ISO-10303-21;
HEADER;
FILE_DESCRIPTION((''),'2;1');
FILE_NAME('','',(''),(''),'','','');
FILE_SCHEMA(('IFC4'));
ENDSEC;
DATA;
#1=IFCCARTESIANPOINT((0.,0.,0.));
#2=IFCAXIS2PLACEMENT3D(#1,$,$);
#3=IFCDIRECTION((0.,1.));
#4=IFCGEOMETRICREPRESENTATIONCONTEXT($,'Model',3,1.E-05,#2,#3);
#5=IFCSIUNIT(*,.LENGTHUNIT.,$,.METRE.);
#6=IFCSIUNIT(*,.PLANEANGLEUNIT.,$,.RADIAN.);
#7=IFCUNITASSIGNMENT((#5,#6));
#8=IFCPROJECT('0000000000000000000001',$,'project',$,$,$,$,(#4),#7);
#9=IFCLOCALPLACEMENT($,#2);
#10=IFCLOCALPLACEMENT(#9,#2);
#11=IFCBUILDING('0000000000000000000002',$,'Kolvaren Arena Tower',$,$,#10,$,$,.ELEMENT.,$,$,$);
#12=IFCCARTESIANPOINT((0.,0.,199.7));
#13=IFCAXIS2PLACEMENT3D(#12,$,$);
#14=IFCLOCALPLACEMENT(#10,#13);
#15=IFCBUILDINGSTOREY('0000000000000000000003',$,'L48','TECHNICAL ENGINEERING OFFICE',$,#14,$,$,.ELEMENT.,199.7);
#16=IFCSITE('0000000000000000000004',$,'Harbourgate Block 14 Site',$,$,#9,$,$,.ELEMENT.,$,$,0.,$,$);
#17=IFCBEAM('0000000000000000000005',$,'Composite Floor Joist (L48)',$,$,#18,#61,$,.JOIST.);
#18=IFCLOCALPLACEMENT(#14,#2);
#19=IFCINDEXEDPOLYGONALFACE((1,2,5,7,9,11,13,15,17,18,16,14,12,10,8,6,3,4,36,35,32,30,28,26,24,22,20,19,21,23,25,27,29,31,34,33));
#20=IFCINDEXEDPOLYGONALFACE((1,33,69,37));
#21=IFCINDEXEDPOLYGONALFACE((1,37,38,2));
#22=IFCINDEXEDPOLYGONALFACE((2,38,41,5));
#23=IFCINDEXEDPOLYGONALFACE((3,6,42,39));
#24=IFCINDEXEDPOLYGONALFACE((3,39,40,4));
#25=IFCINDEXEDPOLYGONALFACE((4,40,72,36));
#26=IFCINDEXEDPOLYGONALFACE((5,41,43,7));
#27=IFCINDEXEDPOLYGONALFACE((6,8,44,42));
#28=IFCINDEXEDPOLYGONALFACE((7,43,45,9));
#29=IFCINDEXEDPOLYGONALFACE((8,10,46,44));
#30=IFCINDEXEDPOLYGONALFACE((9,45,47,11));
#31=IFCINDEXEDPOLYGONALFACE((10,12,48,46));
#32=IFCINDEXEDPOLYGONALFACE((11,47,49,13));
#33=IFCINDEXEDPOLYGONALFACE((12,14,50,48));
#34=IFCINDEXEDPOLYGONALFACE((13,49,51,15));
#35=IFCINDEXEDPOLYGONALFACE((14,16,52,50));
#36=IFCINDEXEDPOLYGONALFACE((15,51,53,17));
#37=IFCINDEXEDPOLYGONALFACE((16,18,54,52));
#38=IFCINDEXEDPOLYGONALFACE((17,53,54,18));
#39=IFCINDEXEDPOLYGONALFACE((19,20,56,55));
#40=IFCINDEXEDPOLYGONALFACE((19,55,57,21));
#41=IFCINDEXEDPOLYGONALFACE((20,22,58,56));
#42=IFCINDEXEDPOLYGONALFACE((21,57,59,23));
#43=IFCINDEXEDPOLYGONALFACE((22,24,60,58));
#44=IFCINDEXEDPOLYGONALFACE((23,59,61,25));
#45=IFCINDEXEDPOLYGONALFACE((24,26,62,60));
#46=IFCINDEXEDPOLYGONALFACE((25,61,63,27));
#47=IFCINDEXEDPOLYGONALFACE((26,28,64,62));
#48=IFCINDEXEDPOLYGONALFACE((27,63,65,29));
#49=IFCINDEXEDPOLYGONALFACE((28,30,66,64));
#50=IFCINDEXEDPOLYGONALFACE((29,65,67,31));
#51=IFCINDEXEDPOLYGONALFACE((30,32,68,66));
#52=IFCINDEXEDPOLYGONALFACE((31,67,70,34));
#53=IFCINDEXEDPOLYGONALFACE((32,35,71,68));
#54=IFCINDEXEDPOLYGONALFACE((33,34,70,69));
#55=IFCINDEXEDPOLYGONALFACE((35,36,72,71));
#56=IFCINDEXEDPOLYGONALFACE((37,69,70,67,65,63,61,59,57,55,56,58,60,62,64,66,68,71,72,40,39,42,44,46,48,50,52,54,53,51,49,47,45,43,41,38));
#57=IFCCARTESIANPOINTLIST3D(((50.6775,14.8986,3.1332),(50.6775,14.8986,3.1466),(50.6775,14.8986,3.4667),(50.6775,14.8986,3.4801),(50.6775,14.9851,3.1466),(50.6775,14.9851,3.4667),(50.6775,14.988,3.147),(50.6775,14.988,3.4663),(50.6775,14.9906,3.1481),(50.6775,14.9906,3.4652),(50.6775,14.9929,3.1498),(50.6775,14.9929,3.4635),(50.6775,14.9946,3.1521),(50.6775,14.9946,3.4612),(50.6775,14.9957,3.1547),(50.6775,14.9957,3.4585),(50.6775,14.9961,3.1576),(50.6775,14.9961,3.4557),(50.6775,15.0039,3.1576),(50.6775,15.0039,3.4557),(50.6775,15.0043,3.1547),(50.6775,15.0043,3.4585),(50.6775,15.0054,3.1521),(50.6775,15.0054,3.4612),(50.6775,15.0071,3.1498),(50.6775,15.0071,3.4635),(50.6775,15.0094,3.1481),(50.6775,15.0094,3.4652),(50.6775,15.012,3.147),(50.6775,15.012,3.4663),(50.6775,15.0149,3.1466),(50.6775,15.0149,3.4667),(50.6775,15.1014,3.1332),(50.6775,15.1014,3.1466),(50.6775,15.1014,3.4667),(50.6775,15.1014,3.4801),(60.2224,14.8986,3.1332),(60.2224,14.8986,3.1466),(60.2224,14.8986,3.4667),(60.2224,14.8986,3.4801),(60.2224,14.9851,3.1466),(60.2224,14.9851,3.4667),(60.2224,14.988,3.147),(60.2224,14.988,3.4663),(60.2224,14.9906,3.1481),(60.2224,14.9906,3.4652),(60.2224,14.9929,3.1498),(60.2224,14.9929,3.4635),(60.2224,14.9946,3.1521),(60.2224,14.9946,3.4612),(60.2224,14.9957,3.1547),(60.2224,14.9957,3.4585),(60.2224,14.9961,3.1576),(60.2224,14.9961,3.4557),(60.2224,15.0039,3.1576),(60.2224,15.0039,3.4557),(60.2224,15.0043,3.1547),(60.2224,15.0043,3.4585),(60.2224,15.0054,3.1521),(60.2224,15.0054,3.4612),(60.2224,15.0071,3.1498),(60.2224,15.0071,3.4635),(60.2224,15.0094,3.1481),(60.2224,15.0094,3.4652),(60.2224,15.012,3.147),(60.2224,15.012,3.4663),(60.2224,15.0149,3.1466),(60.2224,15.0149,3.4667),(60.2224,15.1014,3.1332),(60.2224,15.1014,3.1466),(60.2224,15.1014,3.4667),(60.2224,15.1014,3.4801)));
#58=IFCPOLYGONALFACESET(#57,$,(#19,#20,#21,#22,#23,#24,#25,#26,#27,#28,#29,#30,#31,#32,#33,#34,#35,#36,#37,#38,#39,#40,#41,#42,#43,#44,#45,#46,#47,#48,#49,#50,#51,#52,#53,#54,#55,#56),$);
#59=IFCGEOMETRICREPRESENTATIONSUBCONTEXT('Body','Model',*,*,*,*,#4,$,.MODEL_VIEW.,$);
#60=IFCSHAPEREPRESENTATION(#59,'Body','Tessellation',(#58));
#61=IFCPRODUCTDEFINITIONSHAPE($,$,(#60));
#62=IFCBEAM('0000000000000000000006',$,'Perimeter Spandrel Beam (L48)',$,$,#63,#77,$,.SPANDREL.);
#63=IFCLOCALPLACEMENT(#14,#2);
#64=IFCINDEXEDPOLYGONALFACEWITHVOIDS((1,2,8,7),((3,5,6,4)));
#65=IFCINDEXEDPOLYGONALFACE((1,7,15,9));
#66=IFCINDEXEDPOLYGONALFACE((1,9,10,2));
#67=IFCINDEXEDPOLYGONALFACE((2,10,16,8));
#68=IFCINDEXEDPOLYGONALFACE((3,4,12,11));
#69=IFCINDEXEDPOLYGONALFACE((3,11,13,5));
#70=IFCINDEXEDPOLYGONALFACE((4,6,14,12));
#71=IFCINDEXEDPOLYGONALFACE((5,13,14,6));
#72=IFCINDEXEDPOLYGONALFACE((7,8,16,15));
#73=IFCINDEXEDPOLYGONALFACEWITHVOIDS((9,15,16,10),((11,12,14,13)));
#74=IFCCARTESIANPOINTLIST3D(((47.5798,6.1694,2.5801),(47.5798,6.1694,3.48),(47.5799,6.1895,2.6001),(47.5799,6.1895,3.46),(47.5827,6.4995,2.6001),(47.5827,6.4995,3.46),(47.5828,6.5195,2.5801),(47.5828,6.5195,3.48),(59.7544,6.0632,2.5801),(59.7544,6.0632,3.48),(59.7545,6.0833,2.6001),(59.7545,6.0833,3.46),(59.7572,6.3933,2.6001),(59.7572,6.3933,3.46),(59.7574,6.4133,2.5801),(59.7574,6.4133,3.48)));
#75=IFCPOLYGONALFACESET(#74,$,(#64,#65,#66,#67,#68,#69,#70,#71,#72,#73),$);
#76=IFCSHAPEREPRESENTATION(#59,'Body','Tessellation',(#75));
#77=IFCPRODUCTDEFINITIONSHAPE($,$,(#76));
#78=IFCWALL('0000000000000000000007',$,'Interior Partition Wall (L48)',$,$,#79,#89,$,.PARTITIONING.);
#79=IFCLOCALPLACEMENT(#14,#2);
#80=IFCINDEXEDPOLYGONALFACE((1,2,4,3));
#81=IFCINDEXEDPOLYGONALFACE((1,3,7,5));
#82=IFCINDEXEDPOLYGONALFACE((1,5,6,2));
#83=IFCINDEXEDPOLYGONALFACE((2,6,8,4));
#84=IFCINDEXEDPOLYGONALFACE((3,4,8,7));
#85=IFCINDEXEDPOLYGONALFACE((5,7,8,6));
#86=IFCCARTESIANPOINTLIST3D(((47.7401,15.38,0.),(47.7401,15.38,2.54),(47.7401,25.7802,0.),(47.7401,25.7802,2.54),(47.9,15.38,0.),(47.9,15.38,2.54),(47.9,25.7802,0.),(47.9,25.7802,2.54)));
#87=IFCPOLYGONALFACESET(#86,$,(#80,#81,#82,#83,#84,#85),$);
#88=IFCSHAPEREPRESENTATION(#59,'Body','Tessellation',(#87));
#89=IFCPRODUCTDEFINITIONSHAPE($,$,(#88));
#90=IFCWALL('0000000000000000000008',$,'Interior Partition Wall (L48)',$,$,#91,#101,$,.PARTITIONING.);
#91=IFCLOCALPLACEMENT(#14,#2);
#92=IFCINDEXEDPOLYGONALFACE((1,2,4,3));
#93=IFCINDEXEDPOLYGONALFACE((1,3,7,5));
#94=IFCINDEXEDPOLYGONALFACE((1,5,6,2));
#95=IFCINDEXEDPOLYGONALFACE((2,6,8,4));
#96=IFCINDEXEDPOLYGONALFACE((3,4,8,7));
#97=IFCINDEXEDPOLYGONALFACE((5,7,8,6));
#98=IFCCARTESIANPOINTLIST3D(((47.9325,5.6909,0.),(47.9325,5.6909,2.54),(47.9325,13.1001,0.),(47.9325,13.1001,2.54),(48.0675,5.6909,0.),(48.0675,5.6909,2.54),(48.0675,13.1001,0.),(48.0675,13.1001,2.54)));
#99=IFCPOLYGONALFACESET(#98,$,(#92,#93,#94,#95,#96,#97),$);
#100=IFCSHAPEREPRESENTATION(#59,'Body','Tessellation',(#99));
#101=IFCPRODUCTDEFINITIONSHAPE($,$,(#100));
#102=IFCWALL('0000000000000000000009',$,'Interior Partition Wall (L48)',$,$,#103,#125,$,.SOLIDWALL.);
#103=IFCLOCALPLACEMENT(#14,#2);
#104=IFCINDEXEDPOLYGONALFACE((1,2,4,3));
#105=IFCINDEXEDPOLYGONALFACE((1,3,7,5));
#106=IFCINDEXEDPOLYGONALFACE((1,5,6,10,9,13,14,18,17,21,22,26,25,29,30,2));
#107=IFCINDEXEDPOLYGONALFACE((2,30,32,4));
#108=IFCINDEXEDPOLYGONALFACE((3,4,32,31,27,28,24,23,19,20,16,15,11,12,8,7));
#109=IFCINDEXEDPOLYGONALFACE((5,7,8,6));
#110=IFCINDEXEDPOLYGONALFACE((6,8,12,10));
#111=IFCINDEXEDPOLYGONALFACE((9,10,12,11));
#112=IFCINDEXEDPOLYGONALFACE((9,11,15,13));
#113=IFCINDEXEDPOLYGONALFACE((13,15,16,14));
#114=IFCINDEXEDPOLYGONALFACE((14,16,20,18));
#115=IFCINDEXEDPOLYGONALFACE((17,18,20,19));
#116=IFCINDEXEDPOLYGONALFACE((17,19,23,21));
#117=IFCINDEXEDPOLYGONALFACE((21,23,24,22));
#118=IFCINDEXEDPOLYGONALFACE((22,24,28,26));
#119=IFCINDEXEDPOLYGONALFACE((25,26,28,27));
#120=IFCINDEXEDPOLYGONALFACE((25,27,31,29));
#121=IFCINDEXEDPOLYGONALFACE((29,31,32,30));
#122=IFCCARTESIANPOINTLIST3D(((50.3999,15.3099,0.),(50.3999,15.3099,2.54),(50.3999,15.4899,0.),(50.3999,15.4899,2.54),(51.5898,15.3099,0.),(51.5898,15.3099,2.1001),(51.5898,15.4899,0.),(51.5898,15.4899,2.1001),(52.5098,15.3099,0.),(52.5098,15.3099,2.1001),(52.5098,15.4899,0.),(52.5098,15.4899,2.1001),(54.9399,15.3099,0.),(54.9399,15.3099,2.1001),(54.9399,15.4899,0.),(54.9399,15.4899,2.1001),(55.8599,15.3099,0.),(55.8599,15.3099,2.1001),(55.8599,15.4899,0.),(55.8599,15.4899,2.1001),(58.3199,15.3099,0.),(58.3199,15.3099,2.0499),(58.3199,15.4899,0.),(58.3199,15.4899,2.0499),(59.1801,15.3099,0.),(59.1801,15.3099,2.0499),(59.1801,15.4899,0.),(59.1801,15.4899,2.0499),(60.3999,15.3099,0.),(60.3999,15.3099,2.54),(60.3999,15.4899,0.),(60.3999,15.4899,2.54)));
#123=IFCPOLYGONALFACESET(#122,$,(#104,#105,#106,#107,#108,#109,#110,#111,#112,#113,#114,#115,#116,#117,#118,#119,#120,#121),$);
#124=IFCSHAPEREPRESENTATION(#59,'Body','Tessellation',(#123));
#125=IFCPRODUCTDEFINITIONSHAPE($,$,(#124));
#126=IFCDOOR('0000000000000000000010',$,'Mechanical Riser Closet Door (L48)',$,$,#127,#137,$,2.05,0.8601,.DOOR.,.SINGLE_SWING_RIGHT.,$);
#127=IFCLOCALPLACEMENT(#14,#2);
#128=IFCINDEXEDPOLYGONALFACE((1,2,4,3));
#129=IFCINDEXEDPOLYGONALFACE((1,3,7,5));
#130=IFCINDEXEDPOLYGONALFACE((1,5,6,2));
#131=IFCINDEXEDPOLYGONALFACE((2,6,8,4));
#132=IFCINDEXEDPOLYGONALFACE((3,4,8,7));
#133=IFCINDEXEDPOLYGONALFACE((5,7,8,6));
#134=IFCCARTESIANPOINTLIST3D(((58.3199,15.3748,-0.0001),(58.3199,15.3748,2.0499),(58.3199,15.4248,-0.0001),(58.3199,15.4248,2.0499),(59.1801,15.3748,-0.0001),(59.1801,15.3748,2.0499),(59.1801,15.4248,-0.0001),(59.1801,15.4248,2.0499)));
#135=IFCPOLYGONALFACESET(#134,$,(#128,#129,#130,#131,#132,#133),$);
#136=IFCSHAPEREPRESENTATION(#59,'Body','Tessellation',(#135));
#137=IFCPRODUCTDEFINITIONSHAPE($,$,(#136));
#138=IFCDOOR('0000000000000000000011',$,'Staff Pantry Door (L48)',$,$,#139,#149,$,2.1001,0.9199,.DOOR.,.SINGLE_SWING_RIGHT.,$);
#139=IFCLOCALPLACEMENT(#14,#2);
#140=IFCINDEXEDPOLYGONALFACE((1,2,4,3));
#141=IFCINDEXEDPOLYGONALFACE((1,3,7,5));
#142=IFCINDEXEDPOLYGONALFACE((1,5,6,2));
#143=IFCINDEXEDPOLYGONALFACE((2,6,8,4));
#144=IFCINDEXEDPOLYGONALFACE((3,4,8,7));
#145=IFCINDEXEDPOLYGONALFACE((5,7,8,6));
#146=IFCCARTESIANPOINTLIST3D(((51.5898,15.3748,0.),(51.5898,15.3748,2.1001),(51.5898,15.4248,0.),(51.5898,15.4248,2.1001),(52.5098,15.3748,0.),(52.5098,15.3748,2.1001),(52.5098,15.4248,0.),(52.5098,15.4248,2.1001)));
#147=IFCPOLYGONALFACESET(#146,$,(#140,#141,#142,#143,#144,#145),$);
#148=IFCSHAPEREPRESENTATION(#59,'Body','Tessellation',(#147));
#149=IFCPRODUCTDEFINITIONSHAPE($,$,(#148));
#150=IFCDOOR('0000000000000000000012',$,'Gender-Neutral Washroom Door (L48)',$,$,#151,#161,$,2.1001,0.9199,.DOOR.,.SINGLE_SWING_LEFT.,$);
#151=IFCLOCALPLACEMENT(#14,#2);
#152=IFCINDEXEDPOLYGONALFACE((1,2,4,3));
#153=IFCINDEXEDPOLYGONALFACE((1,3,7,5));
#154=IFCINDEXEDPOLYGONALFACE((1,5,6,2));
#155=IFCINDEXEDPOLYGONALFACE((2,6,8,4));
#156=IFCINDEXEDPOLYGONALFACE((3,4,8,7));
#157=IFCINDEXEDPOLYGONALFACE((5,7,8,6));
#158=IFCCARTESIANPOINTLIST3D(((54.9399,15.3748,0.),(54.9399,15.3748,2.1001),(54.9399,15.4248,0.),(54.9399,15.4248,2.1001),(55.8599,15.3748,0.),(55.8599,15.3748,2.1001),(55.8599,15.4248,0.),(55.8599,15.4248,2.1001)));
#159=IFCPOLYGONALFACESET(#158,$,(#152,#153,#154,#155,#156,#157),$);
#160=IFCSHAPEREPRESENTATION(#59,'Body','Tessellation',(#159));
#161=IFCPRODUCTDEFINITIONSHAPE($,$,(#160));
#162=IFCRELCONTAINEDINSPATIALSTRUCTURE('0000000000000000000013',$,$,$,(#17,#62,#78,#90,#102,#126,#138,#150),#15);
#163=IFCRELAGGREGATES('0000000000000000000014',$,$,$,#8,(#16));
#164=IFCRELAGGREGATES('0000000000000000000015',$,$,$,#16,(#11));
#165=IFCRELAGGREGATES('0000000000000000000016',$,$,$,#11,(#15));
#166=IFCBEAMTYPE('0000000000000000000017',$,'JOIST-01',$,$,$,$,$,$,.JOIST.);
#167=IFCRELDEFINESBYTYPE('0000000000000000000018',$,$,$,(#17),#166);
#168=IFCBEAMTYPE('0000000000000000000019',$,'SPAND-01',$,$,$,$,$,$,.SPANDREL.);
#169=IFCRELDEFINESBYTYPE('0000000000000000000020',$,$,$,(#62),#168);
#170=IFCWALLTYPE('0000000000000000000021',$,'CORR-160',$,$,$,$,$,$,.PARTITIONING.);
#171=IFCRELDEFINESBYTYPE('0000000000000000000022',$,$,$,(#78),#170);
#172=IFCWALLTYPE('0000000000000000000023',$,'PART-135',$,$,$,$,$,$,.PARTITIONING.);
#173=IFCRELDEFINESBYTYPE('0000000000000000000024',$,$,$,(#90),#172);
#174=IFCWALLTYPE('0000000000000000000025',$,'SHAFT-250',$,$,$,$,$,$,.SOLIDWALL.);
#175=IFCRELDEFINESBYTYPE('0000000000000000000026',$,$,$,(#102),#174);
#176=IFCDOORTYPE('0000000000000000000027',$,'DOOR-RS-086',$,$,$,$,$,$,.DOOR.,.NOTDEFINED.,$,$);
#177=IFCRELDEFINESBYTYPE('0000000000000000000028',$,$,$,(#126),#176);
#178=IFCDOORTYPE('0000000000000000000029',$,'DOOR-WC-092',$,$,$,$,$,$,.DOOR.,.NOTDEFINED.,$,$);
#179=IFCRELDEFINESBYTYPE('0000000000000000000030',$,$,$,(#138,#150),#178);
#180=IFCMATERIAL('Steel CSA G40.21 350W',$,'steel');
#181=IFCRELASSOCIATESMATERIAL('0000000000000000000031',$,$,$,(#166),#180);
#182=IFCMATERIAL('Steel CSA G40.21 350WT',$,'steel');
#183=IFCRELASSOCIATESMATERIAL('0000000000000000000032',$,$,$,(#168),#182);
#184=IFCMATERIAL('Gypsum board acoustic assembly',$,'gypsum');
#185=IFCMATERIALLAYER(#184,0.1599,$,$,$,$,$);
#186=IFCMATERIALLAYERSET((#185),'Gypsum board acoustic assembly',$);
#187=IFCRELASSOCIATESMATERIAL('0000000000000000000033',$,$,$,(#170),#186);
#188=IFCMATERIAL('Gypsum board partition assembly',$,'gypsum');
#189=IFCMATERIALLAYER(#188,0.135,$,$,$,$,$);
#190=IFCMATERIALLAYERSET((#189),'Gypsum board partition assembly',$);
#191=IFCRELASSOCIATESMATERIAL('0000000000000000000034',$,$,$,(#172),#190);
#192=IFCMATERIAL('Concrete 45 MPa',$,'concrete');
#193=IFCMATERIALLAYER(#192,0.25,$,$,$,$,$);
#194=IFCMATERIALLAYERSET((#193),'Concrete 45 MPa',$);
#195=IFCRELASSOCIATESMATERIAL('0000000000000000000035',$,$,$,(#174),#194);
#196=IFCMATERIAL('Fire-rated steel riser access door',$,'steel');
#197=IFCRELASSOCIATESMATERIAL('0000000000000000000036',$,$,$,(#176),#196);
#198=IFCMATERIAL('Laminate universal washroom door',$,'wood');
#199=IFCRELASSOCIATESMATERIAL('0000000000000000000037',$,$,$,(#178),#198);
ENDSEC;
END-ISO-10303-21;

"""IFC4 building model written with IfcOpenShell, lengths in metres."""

from ifc_helpers import new_model, si_unit, direction, frame, frame_2d, origin, origin_2d, place, context, subcontext, project, spatial, rectangle, hollow_rectangle, i_section, extrude, material, layer, layer_set, material_profile, profile_set, type_object, element, fill, save


model = new_model("IFC4")

# Units and contexts
model_context = context("Model", 3, precision=1e-05, world=origin(), true_north=direction((0.0, 1.0)))
body_context = subcontext(model_context, "Body", "Model", "MODEL_VIEW")
ifc_project = project(units=[si_unit("LENGTHUNIT", "METRE"), si_unit("PLANEANGLEUNIT", "RADIAN")], contexts=[model_context])

# Site, building, storey
site_placement = place(None, origin())
site = spatial("IfcSite", under=ifc_project, at=site_placement, Name="Harbourgate Block 14 Site", CompositionType="ELEMENT", RefElevation=0.0)
building_placement = place(site_placement, origin())
building = spatial("IfcBuilding", under=site, at=building_placement, Name="Kolvaren Arena Tower", CompositionType="ELEMENT")
storey_placement = place(building_placement, frame((0.0, 0.0, 199.7)))
storey = spatial("IfcBuildingStorey", under=building, at=storey_placement, Name="L48", Description="TECHNICAL ENGINEERING OFFICE", CompositionType="ELEMENT", Elevation=199.7)

# Beams
ifc_material_1 = material(Name="Steel CSA G40.21 350W", Category="steel")
ifc_material_profile_1 = material_profile(ifc_material_1, i_section(OverallWidth=0.2029, OverallDepth=0.3469, WebThickness=0.0078, FlangeThickness=0.0134, FilletRadius=0.011, at=origin_2d()), Name="W360x64")
ifc_profile_set_1 = profile_set([ifc_material_profile_1], Name="Steel CSA G40.21 350W")
beam_type_1 = type_object("IfcBeamType", Name="JOIST-01", PredefinedType="JOIST", material=ifc_profile_set_1)
for number, where, z_axis, x_axis, name in (
    (1, (50.6775, 15.0, 3.3066), (1.0, 0.0, 0.0), (0.0, 1.0, 0.0), "Composite Floor Joist (L48)"),
):
    element("IfcBeam", number, at=place(storey_placement, frame(where, z_axis=z_axis, x_axis=x_axis)), inside=storey, type_object=beam_type_1, Name=name, PredefinedType="JOIST", context=body_context, shape_type="SweptSolid", body=[
        extrude(i_section(OverallWidth=0.2029, OverallDepth=0.3469, WebThickness=0.0078, FlangeThickness=0.0134, FilletRadius=0.011, at=origin_2d()), origin(), (0.0, 0.0, 1.0), 9.5449),
    ])
ifc_material_2 = material(Name="Steel CSA G40.21 350WT", Category="steel")
ifc_material_profile_2 = material_profile(ifc_material_2, hollow_rectangle(XDim=0.3501, YDim=0.8999, WallThickness=0.02, at=origin_2d()), Name="HSS 900x350x20")
ifc_profile_set_2 = profile_set([ifc_material_profile_2], Name="Steel CSA G40.21 350WT")
beam_type_2 = type_object("IfcBeamType", Name="SPAND-01", PredefinedType="SPANDREL", material=ifc_profile_set_2)
beam_1_placement = place(storey_placement, frame((47.5813, 6.3445, 3.03), z_axis=(0.999962, -0.008723, 0.0), x_axis=(0.008723, 0.999962, 0.0)))
element("IfcBeam", 2, at=beam_1_placement, inside=storey, type_object=beam_type_2, Name="Perimeter Spandrel Beam (L48)", PredefinedType="SPANDREL", context=body_context, shape_type="SweptSolid", body=[
    extrude(hollow_rectangle(XDim=0.3501, YDim=0.8999, WallThickness=0.02, at=origin_2d()), origin(), (0.0, 0.0, 1.0), 12.175),
])

# Walls
ifc_material_3 = material(Name="Gypsum board acoustic assembly", Category="gypsum")
ifc_layer_1 = layer(ifc_material_3, 0.1599)
ifc_layer_set_1 = layer_set([ifc_layer_1], Name="Gypsum board acoustic assembly")
wall_type_1 = type_object("IfcWallType", Name="CORR-160", PredefinedType="PARTITIONING", material=ifc_layer_set_1)
wall_1_placement = place(storey_placement, frame((47.8201, 15.3799, 0.0), z_axis=(0.0, 0.0, 1.0), x_axis=(0.0, 1.0, 0.0)))
element("IfcWall", 3, at=wall_1_placement, inside=storey, type_object=wall_type_1, Name="Interior Partition Wall (L48)", PredefinedType="PARTITIONING", context=body_context, shape_type="SweptSolid", body=[
    extrude(rectangle(XDim=10.4001, YDim=0.1599, at=frame_2d((5.2002, 0.0))), origin(), (0.0, 0.0, 1.0), 2.54),
])
ifc_material_4 = material(Name="Gypsum board partition assembly", Category="gypsum")
ifc_layer_2 = layer(ifc_material_4, 0.135)
ifc_layer_set_2 = layer_set([ifc_layer_2], Name="Gypsum board partition assembly")
wall_type_2 = type_object("IfcWallType", Name="PART-135", PredefinedType="PARTITIONING", material=ifc_layer_set_2)
wall_2_placement = place(storey_placement, frame((48.0, 5.6909, 0.0), z_axis=(0.0, 0.0, 1.0), x_axis=(0.0, 1.0, 0.0)))
element("IfcWall", 4, at=wall_2_placement, inside=storey, type_object=wall_type_2, Name="Interior Partition Wall (L48)", PredefinedType="PARTITIONING", context=body_context, shape_type="SweptSolid", body=[
    extrude(rectangle(XDim=7.4092, YDim=0.135, at=frame_2d((3.7046, 0.0))), origin(), (0.0, 0.0, 1.0), 2.54),
])

# Wall, openings, doors
ifc_material_5 = material(Name="Concrete 45 MPa", Category="concrete")
ifc_layer_3 = layer(ifc_material_5, 0.25)
ifc_layer_set_3 = layer_set([ifc_layer_3], Name="Concrete 45 MPa")
wall_type_3 = type_object("IfcWallType", Name="SHAFT-250", PredefinedType="SOLIDWALL", material=ifc_layer_set_3)
wall_3_placement = place(storey_placement, frame((50.3999, 15.3999, 0.0), z_axis=(0.0, 0.0, 1.0), x_axis=(1.0, 0.0, 0.0)))
wall_3 = element("IfcWall", 5, at=wall_3_placement, inside=storey, type_object=wall_type_3, Name="Interior Partition Wall (L48)", PredefinedType="SOLIDWALL", context=body_context, shape_type="SweptSolid", body=[
    extrude(rectangle(XDim=10.0, YDim=0.1799, at=frame_2d((5.0, 0.0))), origin(), (0.0, 0.0, 1.0), 2.54),
])
opening_1_placement = place(wall_3_placement, frame((1.1899, 0.0, 0.0)))
opening_1 = element("IfcOpeningElement", 6, at=opening_1_placement, cuts=wall_3, PredefinedType="OPENING", context=body_context, shape_type="SweptSolid", body=[
    extrude(rectangle(XDim=0.9199, YDim=2.1001, at=frame_2d((0.46, 1.05))), frame((0.0, 0.0999, 0.0), z_axis=(0.0, -1.0, 0.0), x_axis=(1.0, 0.0, 0.0)), (0.0, 0.0, 1.0), 0.2),
])
opening_2_placement = place(wall_3_placement, frame((4.54, 0.0, 0.0)))
opening_2 = element("IfcOpeningElement", 7, at=opening_2_placement, cuts=wall_3, PredefinedType="OPENING", context=body_context, shape_type="SweptSolid", body=[
    extrude(rectangle(XDim=0.9199, YDim=2.1001, at=frame_2d((0.46, 1.05))), frame((0.0, 0.0999, 0.0), z_axis=(0.0, -1.0, 0.0), x_axis=(1.0, 0.0, 0.0)), (0.0, 0.0, 1.0), 0.2),
])
opening_3_placement = place(wall_3_placement, frame((7.9199, 0.0, 0.0)))
opening_3 = element("IfcOpeningElement", 8, at=opening_3_placement, cuts=wall_3, PredefinedType="OPENING", context=body_context, shape_type="SweptSolid", body=[
    extrude(rectangle(XDim=0.8601, YDim=2.05, at=frame_2d((0.4302, 1.0249))), frame((0.0, 0.0999, 0.0), z_axis=(0.0, -1.0, 0.0), x_axis=(1.0, 0.0, 0.0)), (0.0, 0.0, 1.0), 0.2),
])
ifc_material_6 = material(Name="Fire-rated steel riser access door", Category="steel")
door_type_1 = type_object("IfcDoorType", Name="DOOR-RS-086", OperationType="NOTDEFINED", PredefinedType="DOOR", material=ifc_material_6)
door_1_placement = place(opening_3_placement, origin())
door_1 = element("IfcDoor", 9, at=door_1_placement, inside=storey, type_object=door_type_1, Name="Mechanical Riser Closet Door (L48)", OperationType="SINGLE_SWING_RIGHT", OverallHeight=2.05, OverallWidth=0.8601, PredefinedType="DOOR", context=body_context, shape_type="SweptSolid", body=[
    extrude(rectangle(XDim=0.8601, YDim=2.05, at=frame_2d((0.4302, 1.0249))), frame((0.0, 0.0249, 0.0), z_axis=(0.0, -1.0, 0.0), x_axis=(1.0, 0.0, 0.0)), (0.0, 0.0, 1.0), 0.05),
])
fill(opening_3, door_1)
ifc_material_7 = material(Name="Laminate universal washroom door", Category="wood")
door_type_2 = type_object("IfcDoorType", Name="DOOR-WC-092", OperationType="NOTDEFINED", PredefinedType="DOOR", material=ifc_material_7)
door_2_placement = place(opening_1_placement, origin())
door_2 = element("IfcDoor", 10, at=door_2_placement, inside=storey, type_object=door_type_2, Name="Staff Pantry Door (L48)", OperationType="SINGLE_SWING_RIGHT", OverallHeight=2.1001, OverallWidth=0.9199, PredefinedType="DOOR", context=body_context, shape_type="SweptSolid", body=[
    extrude(rectangle(XDim=0.9199, YDim=2.1001, at=frame_2d((0.46, 1.05))), frame((0.0, 0.0249, 0.0), z_axis=(0.0, -1.0, 0.0), x_axis=(1.0, 0.0, 0.0)), (0.0, 0.0, 1.0), 0.05),
])
fill(opening_1, door_2)
door_3_placement = place(opening_2_placement, origin())
door_3 = element("IfcDoor", 11, at=door_3_placement, inside=storey, type_object=door_type_2, Name="Gender-Neutral Washroom Door (L48)", OperationType="SINGLE_SWING_LEFT", OverallHeight=2.1001, OverallWidth=0.9199, PredefinedType="DOOR", context=body_context, shape_type="SweptSolid", body=[
    extrude(rectangle(XDim=0.9199, YDim=2.1001, at=frame_2d((0.46, 1.05))), frame((0.0, 0.0249, 0.0), z_axis=(0.0, -1.0, 0.0), x_axis=(1.0, 0.0, 0.0)), (0.0, 0.0, 1.0), 0.05),
])
fill(opening_2, door_3)

save(model, "model.ifc")
